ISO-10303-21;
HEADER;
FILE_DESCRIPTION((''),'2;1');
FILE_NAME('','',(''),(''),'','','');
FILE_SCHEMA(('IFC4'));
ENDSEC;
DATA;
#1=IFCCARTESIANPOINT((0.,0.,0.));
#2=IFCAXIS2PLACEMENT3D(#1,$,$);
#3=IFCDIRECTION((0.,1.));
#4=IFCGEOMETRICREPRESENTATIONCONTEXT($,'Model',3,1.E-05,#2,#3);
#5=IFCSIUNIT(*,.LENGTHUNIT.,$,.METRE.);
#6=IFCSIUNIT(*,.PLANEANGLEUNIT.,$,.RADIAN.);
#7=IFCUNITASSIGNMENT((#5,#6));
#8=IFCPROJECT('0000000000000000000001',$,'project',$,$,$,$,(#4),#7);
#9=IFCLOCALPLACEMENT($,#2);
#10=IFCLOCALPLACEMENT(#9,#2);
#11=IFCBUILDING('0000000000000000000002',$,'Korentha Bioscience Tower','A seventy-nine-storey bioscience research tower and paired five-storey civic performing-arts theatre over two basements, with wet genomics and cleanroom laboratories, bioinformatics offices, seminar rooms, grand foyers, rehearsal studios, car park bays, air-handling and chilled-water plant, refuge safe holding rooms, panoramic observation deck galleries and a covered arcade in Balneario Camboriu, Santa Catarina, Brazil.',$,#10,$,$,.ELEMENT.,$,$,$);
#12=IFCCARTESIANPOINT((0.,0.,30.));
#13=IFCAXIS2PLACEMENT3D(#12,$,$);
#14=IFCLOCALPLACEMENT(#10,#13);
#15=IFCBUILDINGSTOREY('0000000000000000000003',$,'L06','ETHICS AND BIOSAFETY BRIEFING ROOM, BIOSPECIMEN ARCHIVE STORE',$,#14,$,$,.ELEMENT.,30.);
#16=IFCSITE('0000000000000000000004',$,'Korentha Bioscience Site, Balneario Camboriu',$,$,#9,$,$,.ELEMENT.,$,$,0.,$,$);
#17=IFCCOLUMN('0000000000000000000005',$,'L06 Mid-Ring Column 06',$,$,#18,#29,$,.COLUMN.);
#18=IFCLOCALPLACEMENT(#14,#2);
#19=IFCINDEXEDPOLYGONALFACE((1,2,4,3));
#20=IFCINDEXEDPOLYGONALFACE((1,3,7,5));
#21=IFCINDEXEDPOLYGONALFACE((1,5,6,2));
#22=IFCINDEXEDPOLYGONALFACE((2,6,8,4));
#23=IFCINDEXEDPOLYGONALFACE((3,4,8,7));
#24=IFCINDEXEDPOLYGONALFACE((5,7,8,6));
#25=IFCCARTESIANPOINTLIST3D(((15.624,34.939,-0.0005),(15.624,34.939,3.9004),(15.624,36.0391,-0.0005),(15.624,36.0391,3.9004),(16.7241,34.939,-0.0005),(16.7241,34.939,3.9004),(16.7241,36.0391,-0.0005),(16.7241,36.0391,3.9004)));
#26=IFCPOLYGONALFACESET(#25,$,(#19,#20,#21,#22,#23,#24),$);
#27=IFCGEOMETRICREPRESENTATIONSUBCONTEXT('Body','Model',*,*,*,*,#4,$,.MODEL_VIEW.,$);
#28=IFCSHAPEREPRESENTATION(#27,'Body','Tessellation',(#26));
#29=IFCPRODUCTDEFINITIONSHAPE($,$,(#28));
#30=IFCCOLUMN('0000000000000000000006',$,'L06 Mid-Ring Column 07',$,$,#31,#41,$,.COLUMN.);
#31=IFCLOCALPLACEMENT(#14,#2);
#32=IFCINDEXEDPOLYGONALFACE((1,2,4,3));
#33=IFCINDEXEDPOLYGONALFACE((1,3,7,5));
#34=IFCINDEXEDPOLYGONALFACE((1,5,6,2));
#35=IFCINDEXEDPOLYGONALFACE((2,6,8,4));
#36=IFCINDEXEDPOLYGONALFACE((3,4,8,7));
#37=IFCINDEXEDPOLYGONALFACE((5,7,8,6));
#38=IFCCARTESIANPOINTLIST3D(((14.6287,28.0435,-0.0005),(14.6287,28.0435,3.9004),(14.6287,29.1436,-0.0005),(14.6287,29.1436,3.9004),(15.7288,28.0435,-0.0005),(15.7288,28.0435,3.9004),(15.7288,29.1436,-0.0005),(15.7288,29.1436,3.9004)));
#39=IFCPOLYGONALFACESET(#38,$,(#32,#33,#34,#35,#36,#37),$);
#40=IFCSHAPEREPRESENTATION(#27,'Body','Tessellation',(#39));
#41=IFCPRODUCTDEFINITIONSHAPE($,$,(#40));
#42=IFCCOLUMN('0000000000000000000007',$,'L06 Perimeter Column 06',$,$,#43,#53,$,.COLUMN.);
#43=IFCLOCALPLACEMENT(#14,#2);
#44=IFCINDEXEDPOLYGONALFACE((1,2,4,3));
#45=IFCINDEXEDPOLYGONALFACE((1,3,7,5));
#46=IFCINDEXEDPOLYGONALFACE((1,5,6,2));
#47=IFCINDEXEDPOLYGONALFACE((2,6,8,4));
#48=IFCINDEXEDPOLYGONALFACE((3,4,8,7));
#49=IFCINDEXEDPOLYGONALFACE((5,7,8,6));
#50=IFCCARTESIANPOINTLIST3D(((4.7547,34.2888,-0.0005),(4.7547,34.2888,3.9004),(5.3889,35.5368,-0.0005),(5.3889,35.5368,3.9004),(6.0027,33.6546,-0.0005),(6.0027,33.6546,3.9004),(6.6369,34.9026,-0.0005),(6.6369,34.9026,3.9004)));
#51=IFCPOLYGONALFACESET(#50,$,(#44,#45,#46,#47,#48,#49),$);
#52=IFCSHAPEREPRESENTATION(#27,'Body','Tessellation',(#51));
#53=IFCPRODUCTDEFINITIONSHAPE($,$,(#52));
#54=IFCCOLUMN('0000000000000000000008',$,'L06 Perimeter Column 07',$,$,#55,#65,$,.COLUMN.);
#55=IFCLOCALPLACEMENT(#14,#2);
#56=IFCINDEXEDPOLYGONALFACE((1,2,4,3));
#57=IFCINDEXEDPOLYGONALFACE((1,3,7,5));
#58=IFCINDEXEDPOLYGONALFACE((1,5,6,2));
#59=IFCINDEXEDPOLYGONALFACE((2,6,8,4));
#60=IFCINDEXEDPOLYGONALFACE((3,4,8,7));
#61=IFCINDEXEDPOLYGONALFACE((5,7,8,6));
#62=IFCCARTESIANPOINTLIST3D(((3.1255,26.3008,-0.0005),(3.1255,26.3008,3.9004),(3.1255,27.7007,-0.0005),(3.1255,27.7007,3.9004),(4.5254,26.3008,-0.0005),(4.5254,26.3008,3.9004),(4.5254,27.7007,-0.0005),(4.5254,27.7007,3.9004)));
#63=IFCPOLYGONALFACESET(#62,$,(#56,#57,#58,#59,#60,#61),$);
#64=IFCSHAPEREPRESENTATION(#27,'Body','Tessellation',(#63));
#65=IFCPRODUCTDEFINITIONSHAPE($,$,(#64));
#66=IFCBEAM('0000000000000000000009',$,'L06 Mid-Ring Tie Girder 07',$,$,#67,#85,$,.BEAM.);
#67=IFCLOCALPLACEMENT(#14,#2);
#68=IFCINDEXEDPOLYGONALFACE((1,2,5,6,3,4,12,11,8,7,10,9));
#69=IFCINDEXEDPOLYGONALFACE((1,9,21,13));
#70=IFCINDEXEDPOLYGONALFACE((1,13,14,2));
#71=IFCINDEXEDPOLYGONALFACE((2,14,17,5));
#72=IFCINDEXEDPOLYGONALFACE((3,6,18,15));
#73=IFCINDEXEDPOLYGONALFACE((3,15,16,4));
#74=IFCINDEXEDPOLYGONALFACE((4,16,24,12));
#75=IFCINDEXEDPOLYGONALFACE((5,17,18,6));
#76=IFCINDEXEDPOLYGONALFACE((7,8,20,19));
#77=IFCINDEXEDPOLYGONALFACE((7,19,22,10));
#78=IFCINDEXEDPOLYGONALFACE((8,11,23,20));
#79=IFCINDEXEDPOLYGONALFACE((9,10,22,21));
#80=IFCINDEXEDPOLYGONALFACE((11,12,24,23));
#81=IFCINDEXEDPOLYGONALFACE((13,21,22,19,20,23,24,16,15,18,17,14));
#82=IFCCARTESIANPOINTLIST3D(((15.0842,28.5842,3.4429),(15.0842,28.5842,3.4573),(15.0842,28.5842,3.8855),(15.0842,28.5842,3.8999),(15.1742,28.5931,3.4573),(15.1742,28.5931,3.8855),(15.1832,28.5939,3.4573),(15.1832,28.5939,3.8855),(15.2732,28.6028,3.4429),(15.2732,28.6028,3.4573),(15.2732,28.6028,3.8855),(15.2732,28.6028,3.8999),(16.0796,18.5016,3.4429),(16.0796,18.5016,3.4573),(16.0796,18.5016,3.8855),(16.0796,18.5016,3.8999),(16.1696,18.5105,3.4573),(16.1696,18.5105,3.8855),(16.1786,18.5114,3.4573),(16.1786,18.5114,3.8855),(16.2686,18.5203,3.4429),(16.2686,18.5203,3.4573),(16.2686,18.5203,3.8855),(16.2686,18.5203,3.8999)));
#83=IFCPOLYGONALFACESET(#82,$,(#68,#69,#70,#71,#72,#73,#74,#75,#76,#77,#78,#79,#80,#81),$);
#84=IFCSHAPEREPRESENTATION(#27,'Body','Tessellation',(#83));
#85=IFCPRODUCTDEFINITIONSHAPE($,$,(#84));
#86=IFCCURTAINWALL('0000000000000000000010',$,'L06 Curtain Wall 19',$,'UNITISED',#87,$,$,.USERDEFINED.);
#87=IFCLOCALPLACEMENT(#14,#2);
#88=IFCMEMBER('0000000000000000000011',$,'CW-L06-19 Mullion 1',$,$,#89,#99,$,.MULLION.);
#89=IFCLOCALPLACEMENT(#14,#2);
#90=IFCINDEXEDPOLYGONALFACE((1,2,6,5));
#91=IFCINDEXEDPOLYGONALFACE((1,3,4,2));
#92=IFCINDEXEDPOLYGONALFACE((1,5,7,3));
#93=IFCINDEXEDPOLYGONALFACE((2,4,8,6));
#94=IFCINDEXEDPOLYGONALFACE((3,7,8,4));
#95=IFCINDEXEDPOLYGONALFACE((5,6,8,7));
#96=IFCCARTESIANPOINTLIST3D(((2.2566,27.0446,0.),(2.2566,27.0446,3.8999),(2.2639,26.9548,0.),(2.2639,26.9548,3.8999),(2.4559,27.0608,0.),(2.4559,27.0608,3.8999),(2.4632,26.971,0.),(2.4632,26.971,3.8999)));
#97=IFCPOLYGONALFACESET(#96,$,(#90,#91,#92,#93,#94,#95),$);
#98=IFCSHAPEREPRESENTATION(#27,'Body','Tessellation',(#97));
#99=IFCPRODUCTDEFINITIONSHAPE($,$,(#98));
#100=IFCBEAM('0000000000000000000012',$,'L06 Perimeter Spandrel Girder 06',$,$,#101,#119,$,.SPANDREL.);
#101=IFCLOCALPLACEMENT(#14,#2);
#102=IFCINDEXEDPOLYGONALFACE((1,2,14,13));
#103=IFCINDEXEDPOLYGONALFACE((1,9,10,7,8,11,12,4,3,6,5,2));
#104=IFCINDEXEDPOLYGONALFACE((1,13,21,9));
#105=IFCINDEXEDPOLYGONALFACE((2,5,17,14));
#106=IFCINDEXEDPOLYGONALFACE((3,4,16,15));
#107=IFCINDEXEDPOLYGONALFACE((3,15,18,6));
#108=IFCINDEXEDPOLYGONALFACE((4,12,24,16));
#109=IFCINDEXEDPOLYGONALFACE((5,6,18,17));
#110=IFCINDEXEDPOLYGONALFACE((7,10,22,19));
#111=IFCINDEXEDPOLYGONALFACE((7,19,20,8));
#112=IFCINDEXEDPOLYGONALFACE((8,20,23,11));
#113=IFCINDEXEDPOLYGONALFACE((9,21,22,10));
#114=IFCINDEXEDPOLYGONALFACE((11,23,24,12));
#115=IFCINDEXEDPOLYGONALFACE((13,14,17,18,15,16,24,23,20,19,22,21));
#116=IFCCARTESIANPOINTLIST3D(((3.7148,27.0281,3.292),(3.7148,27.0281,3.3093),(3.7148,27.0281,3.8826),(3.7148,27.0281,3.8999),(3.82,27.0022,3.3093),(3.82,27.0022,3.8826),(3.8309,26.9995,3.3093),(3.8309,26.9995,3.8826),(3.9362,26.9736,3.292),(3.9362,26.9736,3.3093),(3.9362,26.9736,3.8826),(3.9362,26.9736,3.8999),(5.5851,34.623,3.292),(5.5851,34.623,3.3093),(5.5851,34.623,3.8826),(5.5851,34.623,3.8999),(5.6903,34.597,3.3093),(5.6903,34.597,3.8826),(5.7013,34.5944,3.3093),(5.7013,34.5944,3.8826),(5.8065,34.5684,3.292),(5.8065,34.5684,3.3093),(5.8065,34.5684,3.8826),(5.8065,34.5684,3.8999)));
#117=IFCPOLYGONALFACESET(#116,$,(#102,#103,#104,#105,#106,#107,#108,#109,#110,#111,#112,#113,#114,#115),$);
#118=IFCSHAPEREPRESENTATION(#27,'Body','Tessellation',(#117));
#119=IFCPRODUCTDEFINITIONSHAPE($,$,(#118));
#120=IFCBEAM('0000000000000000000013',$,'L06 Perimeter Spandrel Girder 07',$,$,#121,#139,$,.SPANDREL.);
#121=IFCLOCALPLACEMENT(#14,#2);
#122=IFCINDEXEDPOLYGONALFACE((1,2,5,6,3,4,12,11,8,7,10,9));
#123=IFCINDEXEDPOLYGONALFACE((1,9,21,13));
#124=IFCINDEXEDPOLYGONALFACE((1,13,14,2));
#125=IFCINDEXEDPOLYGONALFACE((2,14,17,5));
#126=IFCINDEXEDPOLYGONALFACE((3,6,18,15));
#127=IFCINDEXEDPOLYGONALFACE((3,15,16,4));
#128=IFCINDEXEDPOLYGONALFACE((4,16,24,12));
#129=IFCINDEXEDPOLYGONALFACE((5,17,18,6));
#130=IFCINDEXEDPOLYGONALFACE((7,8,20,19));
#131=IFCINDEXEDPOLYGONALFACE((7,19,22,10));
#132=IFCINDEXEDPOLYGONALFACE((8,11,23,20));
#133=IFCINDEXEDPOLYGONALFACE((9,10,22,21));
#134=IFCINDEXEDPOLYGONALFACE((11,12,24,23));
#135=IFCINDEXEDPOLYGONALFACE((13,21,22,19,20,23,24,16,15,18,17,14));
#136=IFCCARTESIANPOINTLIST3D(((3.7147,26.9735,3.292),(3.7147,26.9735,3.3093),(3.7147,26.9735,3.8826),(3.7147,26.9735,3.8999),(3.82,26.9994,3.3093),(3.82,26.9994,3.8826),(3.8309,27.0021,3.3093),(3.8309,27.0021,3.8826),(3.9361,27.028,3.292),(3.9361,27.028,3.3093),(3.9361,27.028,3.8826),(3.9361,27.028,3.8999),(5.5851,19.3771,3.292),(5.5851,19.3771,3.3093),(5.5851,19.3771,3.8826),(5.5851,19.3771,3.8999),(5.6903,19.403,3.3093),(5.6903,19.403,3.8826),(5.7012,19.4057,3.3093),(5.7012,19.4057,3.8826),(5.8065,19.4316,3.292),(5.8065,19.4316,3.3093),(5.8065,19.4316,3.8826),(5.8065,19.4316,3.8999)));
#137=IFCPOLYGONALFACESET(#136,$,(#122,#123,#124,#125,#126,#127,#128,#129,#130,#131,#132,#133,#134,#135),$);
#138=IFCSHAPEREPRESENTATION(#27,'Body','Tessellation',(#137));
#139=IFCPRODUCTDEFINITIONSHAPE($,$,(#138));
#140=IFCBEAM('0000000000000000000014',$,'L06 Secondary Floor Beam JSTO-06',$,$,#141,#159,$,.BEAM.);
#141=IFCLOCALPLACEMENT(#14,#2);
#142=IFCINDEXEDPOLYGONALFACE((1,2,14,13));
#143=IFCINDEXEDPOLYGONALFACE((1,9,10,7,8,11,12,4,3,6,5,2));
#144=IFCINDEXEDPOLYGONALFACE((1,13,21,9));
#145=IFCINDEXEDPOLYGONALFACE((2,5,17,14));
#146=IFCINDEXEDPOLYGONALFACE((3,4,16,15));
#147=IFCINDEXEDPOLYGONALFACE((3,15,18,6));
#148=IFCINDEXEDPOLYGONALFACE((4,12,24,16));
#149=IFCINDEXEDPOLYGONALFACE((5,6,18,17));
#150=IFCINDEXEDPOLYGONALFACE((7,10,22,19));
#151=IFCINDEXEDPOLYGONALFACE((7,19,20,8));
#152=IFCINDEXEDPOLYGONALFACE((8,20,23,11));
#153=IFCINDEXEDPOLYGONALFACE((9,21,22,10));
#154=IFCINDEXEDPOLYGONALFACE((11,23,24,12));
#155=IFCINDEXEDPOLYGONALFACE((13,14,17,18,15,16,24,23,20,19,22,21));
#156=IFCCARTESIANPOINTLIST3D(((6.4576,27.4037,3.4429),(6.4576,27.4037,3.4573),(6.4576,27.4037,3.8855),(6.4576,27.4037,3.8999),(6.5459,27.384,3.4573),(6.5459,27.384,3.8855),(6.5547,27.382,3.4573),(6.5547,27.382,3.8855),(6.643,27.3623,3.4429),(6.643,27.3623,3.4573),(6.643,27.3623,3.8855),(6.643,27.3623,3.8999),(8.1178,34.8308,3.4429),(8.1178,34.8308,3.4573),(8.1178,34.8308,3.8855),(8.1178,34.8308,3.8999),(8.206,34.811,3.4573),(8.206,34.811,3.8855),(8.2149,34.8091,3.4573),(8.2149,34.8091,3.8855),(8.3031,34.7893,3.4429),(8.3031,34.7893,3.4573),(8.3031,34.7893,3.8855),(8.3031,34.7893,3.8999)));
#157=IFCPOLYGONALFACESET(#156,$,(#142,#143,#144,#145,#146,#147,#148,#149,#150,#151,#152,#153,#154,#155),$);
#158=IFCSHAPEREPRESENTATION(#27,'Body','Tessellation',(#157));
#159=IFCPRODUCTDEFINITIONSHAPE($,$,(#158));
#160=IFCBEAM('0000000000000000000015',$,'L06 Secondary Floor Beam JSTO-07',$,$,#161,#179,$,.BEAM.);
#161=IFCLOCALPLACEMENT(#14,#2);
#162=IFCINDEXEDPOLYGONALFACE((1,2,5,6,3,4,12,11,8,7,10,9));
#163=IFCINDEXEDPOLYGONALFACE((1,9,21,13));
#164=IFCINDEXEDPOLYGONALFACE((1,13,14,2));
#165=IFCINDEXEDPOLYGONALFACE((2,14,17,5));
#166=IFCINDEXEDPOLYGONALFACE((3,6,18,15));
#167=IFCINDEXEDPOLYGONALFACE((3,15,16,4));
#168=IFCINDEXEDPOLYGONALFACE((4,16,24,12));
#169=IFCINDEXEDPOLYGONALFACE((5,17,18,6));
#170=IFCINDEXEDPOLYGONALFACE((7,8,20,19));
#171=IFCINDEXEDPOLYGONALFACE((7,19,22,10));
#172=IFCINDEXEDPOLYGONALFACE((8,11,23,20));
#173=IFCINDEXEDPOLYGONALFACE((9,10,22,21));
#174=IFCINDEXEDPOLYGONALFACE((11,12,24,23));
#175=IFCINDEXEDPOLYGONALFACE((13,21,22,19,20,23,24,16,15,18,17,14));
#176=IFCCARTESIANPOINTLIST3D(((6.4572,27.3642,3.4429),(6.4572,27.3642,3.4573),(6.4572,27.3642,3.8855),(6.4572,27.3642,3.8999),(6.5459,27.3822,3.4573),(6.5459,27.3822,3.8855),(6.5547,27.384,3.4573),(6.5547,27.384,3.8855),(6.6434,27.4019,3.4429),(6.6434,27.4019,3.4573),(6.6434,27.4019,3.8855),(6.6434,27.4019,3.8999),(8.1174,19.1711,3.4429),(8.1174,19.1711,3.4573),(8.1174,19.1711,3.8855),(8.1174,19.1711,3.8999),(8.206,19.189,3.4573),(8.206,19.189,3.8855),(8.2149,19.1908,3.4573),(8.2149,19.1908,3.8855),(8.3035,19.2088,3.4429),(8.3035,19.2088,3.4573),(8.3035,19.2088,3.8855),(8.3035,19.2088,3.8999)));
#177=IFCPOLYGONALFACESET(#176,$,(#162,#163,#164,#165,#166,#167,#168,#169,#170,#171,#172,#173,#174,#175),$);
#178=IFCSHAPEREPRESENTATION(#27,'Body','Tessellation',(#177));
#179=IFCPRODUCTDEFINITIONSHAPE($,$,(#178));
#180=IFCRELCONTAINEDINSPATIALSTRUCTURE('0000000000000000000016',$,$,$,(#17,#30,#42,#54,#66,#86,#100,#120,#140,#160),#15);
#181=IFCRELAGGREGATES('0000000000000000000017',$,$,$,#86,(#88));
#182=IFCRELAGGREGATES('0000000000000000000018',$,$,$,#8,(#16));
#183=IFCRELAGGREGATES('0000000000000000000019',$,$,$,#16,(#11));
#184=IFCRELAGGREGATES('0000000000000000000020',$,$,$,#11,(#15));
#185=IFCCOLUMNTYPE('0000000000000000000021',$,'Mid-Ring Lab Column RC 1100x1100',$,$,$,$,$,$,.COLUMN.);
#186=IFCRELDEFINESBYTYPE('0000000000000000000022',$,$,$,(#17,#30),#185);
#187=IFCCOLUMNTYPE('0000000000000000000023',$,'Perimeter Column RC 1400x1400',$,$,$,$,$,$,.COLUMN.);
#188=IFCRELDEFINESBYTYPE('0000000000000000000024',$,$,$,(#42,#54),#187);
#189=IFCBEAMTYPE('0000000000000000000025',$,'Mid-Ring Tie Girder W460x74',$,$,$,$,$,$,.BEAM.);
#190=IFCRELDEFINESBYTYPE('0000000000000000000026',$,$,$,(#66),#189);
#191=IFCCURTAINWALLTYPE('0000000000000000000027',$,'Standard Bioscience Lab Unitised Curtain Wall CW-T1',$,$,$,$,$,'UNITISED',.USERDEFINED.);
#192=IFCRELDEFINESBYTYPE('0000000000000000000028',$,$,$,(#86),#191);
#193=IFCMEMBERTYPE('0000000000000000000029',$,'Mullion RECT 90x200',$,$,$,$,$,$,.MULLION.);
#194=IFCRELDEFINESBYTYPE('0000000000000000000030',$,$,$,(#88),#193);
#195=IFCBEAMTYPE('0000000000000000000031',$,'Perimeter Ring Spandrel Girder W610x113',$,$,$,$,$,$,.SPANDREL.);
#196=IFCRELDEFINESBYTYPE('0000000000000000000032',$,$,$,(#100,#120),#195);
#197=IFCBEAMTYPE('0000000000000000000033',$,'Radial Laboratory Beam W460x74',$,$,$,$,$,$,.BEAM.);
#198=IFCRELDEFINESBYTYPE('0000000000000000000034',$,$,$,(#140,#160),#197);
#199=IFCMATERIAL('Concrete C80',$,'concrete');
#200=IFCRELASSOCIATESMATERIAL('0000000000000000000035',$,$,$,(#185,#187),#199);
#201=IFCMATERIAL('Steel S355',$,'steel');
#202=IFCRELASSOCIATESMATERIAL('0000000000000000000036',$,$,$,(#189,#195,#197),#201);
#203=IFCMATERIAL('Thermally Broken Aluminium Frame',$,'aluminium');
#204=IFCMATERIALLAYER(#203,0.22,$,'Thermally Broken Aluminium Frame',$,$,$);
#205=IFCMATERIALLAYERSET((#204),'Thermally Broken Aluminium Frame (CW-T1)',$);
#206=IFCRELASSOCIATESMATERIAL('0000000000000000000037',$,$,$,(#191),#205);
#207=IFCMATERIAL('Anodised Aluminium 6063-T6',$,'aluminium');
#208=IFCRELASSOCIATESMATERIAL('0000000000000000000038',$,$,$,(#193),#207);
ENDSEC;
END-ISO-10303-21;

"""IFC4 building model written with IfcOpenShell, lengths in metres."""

from ifc_helpers import new_model, si_unit, direction, frame, origin, origin_2d, place, context, subcontext, project, spatial, rectangle, i_section, extrude, material, layer, layer_set, material_profile, profile_set, type_object, element, aggregate, save


model = new_model("IFC4")

# Units and contexts
model_context = context("Model", 3, precision=1e-05, world=origin(), true_north=direction((0.0, 1.0)))
body_context = subcontext(model_context, "Body", "Model", "MODEL_VIEW")
ifc_project = project(units=[si_unit("LENGTHUNIT", "METRE"), si_unit("PLANEANGLEUNIT", "RADIAN")], contexts=[model_context])

# Site, building, storey
site_placement = place(None, origin())
site = spatial("IfcSite", under=ifc_project, at=site_placement, Name="Korentha Bioscience Site, Balneario Camboriu", CompositionType="ELEMENT", RefElevation=0.0)
building_placement = place(site_placement, origin())
building = spatial("IfcBuilding", under=site, at=building_placement, Name="Korentha Bioscience Tower", Description="A seventy-nine-storey bioscience research tower and paired five-storey civic performing-arts theatre over two basements, with wet genomics and cleanroom laboratories, bioinformatics offices, seminar rooms, grand foyers, rehearsal studios, car park bays, air-handling and chilled-water plant, refuge safe holding rooms, panoramic observation deck galleries and a covered arcade in Balneario Camboriu, Santa Catarina, Brazil.", CompositionType="ELEMENT")
storey_placement = place(building_placement, frame((0.0, 0.0, 30.0)))
storey = spatial("IfcBuildingStorey", under=building, at=storey_placement, Name="L06", Description="ETHICS AND BIOSAFETY BRIEFING ROOM, BIOSPECIMEN ARCHIVE STORE", CompositionType="ELEMENT", Elevation=30.0)

# Columns
ifc_material_1 = material(Name="Concrete C80", Category="concrete")
ifc_material_profile_1 = material_profile(ifc_material_1, rectangle(XDim=1.1001, YDim=1.1001, at=origin_2d()), Name="Concrete C80")
ifc_profile_set_1 = profile_set([ifc_material_profile_1], Name="Concrete C80 (COL-MR11)")
column_type_1 = type_object("IfcColumnType", Name="Mid-Ring Lab Column RC 1100x1100", PredefinedType="COLUMN", material=ifc_profile_set_1)
for number, where, z_axis, x_axis, name in (
    (1, (16.1741, 35.489, -0.0005), (0.0, 0.0, 1.0), (1.0, 0.0, 0.0), "L06 Mid-Ring Column 06"),
    (2, (15.1787, 28.5935, -0.0005), (0.0, 0.0, 1.0), (1.0, 0.0, 0.0), "L06 Mid-Ring Column 07"),
):
    element("IfcColumn", number, at=place(storey_placement, frame(where, z_axis=z_axis, x_axis=x_axis)), inside=storey, type_object=column_type_1, Name=name, PredefinedType="COLUMN", context=body_context, shape_type="SweptSolid", body=[
        extrude(rectangle(XDim=1.1001, YDim=1.1001, at=origin_2d()), origin(), (0.0, 0.0, 1.0), 3.9009),
    ])
ifc_material_profile_2 = material_profile(ifc_material_1, rectangle(XDim=1.3999, YDim=1.3999, at=origin_2d()), Name="Concrete C80")
ifc_profile_set_2 = profile_set([ifc_material_profile_2], Name="Concrete C80 (COL-P14)")
column_type_2 = type_object("IfcColumnType", Name="Perimeter Column RC 1400x1400", PredefinedType="COLUMN", material=ifc_profile_set_2)
for number, where, z_axis, x_axis, name in (
    (3, (5.6958, 34.5957, -0.0005), (0.0, 0.0, 1.0), (0.453057, 0.891481, 0.0), "L06 Perimeter Column 06"),
    (4, (3.8254, 27.0007, -0.0005), (0.0, 0.0, 1.0), (0.0, 1.0, 0.0), "L06 Perimeter Column 07"),
):
    element("IfcColumn", number, at=place(storey_placement, frame(where, z_axis=z_axis, x_axis=x_axis)), inside=storey, type_object=column_type_2, Name=name, PredefinedType="COLUMN", context=body_context, shape_type="SweptSolid", body=[
        extrude(rectangle(XDim=1.3999, YDim=1.3999, at=origin_2d()), origin(), (0.0, 0.0, 1.0), 3.9009),
    ])

# Beam
ifc_material_2 = material(Name="Steel S355", Category="steel")
ifc_material_profile_3 = material_profile(ifc_material_2, i_section(OverallWidth=0.1899, OverallDepth=0.457, WebThickness=0.009, FlangeThickness=0.0144, at=origin_2d()), Name="Steel S355")
ifc_profile_set_3 = profile_set([ifc_material_profile_3], Name="Steel S355 (MB-460)")
beam_type_1 = type_object("IfcBeamType", Name="Mid-Ring Tie Girder W460x74", PredefinedType="BEAM", material=ifc_profile_set_3)
beam_1_placement = place(storey_placement, frame((15.1787, 28.5935, 3.6714), z_axis=(0.098244, -0.995162, 0.0), x_axis=(0.995162, 0.098244, 0.0)))
element("IfcBeam", 5, at=beam_1_placement, inside=storey, type_object=beam_type_1, Name="L06 Mid-Ring Tie Girder 07", PredefinedType="BEAM", context=body_context, shape_type="SweptSolid", body=[
    extrude(i_section(OverallWidth=0.1899, OverallDepth=0.457, WebThickness=0.009, FlangeThickness=0.0144, at=origin_2d()), origin(), (0.0, 0.0, 1.0), 10.1316),
])

# Curtain wall, member
ifc_material_3 = material(Name="Thermally Broken Aluminium Frame", Category="aluminium")
ifc_layer_1 = layer(ifc_material_3, 0.22, Name="Thermally Broken Aluminium Frame")
ifc_layer_set_1 = layer_set([ifc_layer_1], Name="Thermally Broken Aluminium Frame (CW-T1)")
curtain_wall_type = type_object("IfcCurtainWallType", Name="Standard Bioscience Lab Unitised Curtain Wall CW-T1", ElementType="UNITISED", PredefinedType="USERDEFINED", material=ifc_layer_set_1)
curtain_wall_placement = place(storey_placement, origin())
curtain_wall = element("IfcCurtainWall", 6, at=curtain_wall_placement, inside=storey, type_object=curtain_wall_type, Name="L06 Curtain Wall 19", ObjectType="UNITISED", PredefinedType="USERDEFINED")
ifc_material_4 = material(Name="Anodised Aluminium 6063-T6", Category="aluminium")
ifc_material_profile_4 = material_profile(ifc_material_4, rectangle(XDim=0.0901, YDim=0.2, at=origin_2d()), Name="Anodised Aluminium 6063-T6")
ifc_profile_set_4 = profile_set([ifc_material_profile_4], Name="Anodised Aluminium 6063-T6 (CW-MUL)")
member_type_1 = type_object("IfcMemberType", Name="Mullion RECT 90x200", PredefinedType="MULLION", material=ifc_profile_set_4)
member_1_placement = place(storey_placement, frame((2.3599, 27.0078, 0.0), z_axis=(0.0, 0.0, 1.0), x_axis=(0.08082, -0.996729, 0.0)))
member_1 = element("IfcMember", 7, at=member_1_placement, type_object=member_type_1, Name="CW-L06-19 Mullion 1", PredefinedType="MULLION", context=body_context, shape_type="SweptSolid", body=[
    extrude(rectangle(XDim=0.0901, YDim=0.2, at=origin_2d()), origin(), (0.0, 0.0, 1.0), 3.8999),
])

# Beams
ifc_material_profile_5 = material_profile(ifc_material_2, i_section(OverallWidth=0.228, OverallDepth=0.6079, WebThickness=0.0112, FlangeThickness=0.0173, at=origin_2d()), Name="Steel S355")
ifc_profile_set_5 = profile_set([ifc_material_profile_5], Name="Steel S355 (SB-610)")
beam_type_2 = type_object("IfcBeamType", Name="Perimeter Ring Spandrel Girder W610x113", PredefinedType="SPANDREL", material=ifc_profile_set_5)
beam_2_placement = place(storey_placement, frame((5.6958, 34.5957, 3.5959), z_axis=(-0.239119, -0.97099, 0.0), x_axis=(0.97099, -0.239119, 0.0)))
element("IfcBeam", 8, at=beam_2_placement, inside=storey, type_object=beam_type_2, Name="L06 Perimeter Spandrel Girder 06", PredefinedType="SPANDREL", context=body_context, shape_type="SweptSolid", body=[
    extrude(i_section(OverallWidth=0.228, OverallDepth=0.6079, WebThickness=0.0112, FlangeThickness=0.0173, at=origin_2d()), origin(), (0.0, 0.0, 1.0), 7.8218),
])
beam_3_placement = place(storey_placement, frame((3.8254, 27.0007, 3.5959), z_axis=(0.239076, -0.971001, 0.0), x_axis=(0.971001, 0.239076, 0.0)))
element("IfcBeam", 9, at=beam_3_placement, inside=storey, type_object=beam_type_2, Name="L06 Perimeter Spandrel Girder 07", PredefinedType="SPANDREL", context=body_context, shape_type="SweptSolid", body=[
    extrude(i_section(OverallWidth=0.228, OverallDepth=0.6079, WebThickness=0.0112, FlangeThickness=0.0173, at=origin_2d()), origin(), (0.0, 0.0, 1.0), 7.8232),
])
ifc_material_profile_6 = material_profile(ifc_material_2, i_section(OverallWidth=0.1899, OverallDepth=0.457, WebThickness=0.009, FlangeThickness=0.0144, at=origin_2d()), Name="Steel S355")
ifc_profile_set_6 = profile_set([ifc_material_profile_6], Name="Steel S355 (RB-460)")
beam_type_3 = type_object("IfcBeamType", Name="Radial Laboratory Beam W460x74", PredefinedType="BEAM", material=ifc_profile_set_6)
beam_4_placement = place(storey_placement, frame((8.2104, 34.8101, 3.6714), z_axis=(-0.218146, -0.975916, 0.0), x_axis=(0.975916, -0.218146, 0.0)))
element("IfcBeam", 10, at=beam_4_placement, inside=storey, type_object=beam_type_3, Name="L06 Secondary Floor Beam JSTO-06", PredefinedType="BEAM", context=body_context, shape_type="SweptSolid", body=[
    extrude(i_section(OverallWidth=0.1899, OverallDepth=0.457, WebThickness=0.009, FlangeThickness=0.0144, at=origin_2d()), origin(), (0.0, 0.0, 1.0), 7.6104),
])
beam_5_placement = place(storey_placement, frame((6.5503, 27.3831, 3.6714), z_axis=(0.198592, -0.980082, 0.0), x_axis=(0.980082, 0.198592, 0.0)))
element("IfcBeam", 11, at=beam_5_placement, inside=storey, type_object=beam_type_3, Name="L06 Secondary Floor Beam JSTO-07", PredefinedType="BEAM", context=body_context, shape_type="SweptSolid", body=[
    extrude(i_section(OverallWidth=0.1899, OverallDepth=0.457, WebThickness=0.009, FlangeThickness=0.0144, at=origin_2d()), origin(), (0.0, 0.0, 1.0), 8.3596),
])

aggregate(curtain_wall, [member_1])

save(model, "model.ifc")
